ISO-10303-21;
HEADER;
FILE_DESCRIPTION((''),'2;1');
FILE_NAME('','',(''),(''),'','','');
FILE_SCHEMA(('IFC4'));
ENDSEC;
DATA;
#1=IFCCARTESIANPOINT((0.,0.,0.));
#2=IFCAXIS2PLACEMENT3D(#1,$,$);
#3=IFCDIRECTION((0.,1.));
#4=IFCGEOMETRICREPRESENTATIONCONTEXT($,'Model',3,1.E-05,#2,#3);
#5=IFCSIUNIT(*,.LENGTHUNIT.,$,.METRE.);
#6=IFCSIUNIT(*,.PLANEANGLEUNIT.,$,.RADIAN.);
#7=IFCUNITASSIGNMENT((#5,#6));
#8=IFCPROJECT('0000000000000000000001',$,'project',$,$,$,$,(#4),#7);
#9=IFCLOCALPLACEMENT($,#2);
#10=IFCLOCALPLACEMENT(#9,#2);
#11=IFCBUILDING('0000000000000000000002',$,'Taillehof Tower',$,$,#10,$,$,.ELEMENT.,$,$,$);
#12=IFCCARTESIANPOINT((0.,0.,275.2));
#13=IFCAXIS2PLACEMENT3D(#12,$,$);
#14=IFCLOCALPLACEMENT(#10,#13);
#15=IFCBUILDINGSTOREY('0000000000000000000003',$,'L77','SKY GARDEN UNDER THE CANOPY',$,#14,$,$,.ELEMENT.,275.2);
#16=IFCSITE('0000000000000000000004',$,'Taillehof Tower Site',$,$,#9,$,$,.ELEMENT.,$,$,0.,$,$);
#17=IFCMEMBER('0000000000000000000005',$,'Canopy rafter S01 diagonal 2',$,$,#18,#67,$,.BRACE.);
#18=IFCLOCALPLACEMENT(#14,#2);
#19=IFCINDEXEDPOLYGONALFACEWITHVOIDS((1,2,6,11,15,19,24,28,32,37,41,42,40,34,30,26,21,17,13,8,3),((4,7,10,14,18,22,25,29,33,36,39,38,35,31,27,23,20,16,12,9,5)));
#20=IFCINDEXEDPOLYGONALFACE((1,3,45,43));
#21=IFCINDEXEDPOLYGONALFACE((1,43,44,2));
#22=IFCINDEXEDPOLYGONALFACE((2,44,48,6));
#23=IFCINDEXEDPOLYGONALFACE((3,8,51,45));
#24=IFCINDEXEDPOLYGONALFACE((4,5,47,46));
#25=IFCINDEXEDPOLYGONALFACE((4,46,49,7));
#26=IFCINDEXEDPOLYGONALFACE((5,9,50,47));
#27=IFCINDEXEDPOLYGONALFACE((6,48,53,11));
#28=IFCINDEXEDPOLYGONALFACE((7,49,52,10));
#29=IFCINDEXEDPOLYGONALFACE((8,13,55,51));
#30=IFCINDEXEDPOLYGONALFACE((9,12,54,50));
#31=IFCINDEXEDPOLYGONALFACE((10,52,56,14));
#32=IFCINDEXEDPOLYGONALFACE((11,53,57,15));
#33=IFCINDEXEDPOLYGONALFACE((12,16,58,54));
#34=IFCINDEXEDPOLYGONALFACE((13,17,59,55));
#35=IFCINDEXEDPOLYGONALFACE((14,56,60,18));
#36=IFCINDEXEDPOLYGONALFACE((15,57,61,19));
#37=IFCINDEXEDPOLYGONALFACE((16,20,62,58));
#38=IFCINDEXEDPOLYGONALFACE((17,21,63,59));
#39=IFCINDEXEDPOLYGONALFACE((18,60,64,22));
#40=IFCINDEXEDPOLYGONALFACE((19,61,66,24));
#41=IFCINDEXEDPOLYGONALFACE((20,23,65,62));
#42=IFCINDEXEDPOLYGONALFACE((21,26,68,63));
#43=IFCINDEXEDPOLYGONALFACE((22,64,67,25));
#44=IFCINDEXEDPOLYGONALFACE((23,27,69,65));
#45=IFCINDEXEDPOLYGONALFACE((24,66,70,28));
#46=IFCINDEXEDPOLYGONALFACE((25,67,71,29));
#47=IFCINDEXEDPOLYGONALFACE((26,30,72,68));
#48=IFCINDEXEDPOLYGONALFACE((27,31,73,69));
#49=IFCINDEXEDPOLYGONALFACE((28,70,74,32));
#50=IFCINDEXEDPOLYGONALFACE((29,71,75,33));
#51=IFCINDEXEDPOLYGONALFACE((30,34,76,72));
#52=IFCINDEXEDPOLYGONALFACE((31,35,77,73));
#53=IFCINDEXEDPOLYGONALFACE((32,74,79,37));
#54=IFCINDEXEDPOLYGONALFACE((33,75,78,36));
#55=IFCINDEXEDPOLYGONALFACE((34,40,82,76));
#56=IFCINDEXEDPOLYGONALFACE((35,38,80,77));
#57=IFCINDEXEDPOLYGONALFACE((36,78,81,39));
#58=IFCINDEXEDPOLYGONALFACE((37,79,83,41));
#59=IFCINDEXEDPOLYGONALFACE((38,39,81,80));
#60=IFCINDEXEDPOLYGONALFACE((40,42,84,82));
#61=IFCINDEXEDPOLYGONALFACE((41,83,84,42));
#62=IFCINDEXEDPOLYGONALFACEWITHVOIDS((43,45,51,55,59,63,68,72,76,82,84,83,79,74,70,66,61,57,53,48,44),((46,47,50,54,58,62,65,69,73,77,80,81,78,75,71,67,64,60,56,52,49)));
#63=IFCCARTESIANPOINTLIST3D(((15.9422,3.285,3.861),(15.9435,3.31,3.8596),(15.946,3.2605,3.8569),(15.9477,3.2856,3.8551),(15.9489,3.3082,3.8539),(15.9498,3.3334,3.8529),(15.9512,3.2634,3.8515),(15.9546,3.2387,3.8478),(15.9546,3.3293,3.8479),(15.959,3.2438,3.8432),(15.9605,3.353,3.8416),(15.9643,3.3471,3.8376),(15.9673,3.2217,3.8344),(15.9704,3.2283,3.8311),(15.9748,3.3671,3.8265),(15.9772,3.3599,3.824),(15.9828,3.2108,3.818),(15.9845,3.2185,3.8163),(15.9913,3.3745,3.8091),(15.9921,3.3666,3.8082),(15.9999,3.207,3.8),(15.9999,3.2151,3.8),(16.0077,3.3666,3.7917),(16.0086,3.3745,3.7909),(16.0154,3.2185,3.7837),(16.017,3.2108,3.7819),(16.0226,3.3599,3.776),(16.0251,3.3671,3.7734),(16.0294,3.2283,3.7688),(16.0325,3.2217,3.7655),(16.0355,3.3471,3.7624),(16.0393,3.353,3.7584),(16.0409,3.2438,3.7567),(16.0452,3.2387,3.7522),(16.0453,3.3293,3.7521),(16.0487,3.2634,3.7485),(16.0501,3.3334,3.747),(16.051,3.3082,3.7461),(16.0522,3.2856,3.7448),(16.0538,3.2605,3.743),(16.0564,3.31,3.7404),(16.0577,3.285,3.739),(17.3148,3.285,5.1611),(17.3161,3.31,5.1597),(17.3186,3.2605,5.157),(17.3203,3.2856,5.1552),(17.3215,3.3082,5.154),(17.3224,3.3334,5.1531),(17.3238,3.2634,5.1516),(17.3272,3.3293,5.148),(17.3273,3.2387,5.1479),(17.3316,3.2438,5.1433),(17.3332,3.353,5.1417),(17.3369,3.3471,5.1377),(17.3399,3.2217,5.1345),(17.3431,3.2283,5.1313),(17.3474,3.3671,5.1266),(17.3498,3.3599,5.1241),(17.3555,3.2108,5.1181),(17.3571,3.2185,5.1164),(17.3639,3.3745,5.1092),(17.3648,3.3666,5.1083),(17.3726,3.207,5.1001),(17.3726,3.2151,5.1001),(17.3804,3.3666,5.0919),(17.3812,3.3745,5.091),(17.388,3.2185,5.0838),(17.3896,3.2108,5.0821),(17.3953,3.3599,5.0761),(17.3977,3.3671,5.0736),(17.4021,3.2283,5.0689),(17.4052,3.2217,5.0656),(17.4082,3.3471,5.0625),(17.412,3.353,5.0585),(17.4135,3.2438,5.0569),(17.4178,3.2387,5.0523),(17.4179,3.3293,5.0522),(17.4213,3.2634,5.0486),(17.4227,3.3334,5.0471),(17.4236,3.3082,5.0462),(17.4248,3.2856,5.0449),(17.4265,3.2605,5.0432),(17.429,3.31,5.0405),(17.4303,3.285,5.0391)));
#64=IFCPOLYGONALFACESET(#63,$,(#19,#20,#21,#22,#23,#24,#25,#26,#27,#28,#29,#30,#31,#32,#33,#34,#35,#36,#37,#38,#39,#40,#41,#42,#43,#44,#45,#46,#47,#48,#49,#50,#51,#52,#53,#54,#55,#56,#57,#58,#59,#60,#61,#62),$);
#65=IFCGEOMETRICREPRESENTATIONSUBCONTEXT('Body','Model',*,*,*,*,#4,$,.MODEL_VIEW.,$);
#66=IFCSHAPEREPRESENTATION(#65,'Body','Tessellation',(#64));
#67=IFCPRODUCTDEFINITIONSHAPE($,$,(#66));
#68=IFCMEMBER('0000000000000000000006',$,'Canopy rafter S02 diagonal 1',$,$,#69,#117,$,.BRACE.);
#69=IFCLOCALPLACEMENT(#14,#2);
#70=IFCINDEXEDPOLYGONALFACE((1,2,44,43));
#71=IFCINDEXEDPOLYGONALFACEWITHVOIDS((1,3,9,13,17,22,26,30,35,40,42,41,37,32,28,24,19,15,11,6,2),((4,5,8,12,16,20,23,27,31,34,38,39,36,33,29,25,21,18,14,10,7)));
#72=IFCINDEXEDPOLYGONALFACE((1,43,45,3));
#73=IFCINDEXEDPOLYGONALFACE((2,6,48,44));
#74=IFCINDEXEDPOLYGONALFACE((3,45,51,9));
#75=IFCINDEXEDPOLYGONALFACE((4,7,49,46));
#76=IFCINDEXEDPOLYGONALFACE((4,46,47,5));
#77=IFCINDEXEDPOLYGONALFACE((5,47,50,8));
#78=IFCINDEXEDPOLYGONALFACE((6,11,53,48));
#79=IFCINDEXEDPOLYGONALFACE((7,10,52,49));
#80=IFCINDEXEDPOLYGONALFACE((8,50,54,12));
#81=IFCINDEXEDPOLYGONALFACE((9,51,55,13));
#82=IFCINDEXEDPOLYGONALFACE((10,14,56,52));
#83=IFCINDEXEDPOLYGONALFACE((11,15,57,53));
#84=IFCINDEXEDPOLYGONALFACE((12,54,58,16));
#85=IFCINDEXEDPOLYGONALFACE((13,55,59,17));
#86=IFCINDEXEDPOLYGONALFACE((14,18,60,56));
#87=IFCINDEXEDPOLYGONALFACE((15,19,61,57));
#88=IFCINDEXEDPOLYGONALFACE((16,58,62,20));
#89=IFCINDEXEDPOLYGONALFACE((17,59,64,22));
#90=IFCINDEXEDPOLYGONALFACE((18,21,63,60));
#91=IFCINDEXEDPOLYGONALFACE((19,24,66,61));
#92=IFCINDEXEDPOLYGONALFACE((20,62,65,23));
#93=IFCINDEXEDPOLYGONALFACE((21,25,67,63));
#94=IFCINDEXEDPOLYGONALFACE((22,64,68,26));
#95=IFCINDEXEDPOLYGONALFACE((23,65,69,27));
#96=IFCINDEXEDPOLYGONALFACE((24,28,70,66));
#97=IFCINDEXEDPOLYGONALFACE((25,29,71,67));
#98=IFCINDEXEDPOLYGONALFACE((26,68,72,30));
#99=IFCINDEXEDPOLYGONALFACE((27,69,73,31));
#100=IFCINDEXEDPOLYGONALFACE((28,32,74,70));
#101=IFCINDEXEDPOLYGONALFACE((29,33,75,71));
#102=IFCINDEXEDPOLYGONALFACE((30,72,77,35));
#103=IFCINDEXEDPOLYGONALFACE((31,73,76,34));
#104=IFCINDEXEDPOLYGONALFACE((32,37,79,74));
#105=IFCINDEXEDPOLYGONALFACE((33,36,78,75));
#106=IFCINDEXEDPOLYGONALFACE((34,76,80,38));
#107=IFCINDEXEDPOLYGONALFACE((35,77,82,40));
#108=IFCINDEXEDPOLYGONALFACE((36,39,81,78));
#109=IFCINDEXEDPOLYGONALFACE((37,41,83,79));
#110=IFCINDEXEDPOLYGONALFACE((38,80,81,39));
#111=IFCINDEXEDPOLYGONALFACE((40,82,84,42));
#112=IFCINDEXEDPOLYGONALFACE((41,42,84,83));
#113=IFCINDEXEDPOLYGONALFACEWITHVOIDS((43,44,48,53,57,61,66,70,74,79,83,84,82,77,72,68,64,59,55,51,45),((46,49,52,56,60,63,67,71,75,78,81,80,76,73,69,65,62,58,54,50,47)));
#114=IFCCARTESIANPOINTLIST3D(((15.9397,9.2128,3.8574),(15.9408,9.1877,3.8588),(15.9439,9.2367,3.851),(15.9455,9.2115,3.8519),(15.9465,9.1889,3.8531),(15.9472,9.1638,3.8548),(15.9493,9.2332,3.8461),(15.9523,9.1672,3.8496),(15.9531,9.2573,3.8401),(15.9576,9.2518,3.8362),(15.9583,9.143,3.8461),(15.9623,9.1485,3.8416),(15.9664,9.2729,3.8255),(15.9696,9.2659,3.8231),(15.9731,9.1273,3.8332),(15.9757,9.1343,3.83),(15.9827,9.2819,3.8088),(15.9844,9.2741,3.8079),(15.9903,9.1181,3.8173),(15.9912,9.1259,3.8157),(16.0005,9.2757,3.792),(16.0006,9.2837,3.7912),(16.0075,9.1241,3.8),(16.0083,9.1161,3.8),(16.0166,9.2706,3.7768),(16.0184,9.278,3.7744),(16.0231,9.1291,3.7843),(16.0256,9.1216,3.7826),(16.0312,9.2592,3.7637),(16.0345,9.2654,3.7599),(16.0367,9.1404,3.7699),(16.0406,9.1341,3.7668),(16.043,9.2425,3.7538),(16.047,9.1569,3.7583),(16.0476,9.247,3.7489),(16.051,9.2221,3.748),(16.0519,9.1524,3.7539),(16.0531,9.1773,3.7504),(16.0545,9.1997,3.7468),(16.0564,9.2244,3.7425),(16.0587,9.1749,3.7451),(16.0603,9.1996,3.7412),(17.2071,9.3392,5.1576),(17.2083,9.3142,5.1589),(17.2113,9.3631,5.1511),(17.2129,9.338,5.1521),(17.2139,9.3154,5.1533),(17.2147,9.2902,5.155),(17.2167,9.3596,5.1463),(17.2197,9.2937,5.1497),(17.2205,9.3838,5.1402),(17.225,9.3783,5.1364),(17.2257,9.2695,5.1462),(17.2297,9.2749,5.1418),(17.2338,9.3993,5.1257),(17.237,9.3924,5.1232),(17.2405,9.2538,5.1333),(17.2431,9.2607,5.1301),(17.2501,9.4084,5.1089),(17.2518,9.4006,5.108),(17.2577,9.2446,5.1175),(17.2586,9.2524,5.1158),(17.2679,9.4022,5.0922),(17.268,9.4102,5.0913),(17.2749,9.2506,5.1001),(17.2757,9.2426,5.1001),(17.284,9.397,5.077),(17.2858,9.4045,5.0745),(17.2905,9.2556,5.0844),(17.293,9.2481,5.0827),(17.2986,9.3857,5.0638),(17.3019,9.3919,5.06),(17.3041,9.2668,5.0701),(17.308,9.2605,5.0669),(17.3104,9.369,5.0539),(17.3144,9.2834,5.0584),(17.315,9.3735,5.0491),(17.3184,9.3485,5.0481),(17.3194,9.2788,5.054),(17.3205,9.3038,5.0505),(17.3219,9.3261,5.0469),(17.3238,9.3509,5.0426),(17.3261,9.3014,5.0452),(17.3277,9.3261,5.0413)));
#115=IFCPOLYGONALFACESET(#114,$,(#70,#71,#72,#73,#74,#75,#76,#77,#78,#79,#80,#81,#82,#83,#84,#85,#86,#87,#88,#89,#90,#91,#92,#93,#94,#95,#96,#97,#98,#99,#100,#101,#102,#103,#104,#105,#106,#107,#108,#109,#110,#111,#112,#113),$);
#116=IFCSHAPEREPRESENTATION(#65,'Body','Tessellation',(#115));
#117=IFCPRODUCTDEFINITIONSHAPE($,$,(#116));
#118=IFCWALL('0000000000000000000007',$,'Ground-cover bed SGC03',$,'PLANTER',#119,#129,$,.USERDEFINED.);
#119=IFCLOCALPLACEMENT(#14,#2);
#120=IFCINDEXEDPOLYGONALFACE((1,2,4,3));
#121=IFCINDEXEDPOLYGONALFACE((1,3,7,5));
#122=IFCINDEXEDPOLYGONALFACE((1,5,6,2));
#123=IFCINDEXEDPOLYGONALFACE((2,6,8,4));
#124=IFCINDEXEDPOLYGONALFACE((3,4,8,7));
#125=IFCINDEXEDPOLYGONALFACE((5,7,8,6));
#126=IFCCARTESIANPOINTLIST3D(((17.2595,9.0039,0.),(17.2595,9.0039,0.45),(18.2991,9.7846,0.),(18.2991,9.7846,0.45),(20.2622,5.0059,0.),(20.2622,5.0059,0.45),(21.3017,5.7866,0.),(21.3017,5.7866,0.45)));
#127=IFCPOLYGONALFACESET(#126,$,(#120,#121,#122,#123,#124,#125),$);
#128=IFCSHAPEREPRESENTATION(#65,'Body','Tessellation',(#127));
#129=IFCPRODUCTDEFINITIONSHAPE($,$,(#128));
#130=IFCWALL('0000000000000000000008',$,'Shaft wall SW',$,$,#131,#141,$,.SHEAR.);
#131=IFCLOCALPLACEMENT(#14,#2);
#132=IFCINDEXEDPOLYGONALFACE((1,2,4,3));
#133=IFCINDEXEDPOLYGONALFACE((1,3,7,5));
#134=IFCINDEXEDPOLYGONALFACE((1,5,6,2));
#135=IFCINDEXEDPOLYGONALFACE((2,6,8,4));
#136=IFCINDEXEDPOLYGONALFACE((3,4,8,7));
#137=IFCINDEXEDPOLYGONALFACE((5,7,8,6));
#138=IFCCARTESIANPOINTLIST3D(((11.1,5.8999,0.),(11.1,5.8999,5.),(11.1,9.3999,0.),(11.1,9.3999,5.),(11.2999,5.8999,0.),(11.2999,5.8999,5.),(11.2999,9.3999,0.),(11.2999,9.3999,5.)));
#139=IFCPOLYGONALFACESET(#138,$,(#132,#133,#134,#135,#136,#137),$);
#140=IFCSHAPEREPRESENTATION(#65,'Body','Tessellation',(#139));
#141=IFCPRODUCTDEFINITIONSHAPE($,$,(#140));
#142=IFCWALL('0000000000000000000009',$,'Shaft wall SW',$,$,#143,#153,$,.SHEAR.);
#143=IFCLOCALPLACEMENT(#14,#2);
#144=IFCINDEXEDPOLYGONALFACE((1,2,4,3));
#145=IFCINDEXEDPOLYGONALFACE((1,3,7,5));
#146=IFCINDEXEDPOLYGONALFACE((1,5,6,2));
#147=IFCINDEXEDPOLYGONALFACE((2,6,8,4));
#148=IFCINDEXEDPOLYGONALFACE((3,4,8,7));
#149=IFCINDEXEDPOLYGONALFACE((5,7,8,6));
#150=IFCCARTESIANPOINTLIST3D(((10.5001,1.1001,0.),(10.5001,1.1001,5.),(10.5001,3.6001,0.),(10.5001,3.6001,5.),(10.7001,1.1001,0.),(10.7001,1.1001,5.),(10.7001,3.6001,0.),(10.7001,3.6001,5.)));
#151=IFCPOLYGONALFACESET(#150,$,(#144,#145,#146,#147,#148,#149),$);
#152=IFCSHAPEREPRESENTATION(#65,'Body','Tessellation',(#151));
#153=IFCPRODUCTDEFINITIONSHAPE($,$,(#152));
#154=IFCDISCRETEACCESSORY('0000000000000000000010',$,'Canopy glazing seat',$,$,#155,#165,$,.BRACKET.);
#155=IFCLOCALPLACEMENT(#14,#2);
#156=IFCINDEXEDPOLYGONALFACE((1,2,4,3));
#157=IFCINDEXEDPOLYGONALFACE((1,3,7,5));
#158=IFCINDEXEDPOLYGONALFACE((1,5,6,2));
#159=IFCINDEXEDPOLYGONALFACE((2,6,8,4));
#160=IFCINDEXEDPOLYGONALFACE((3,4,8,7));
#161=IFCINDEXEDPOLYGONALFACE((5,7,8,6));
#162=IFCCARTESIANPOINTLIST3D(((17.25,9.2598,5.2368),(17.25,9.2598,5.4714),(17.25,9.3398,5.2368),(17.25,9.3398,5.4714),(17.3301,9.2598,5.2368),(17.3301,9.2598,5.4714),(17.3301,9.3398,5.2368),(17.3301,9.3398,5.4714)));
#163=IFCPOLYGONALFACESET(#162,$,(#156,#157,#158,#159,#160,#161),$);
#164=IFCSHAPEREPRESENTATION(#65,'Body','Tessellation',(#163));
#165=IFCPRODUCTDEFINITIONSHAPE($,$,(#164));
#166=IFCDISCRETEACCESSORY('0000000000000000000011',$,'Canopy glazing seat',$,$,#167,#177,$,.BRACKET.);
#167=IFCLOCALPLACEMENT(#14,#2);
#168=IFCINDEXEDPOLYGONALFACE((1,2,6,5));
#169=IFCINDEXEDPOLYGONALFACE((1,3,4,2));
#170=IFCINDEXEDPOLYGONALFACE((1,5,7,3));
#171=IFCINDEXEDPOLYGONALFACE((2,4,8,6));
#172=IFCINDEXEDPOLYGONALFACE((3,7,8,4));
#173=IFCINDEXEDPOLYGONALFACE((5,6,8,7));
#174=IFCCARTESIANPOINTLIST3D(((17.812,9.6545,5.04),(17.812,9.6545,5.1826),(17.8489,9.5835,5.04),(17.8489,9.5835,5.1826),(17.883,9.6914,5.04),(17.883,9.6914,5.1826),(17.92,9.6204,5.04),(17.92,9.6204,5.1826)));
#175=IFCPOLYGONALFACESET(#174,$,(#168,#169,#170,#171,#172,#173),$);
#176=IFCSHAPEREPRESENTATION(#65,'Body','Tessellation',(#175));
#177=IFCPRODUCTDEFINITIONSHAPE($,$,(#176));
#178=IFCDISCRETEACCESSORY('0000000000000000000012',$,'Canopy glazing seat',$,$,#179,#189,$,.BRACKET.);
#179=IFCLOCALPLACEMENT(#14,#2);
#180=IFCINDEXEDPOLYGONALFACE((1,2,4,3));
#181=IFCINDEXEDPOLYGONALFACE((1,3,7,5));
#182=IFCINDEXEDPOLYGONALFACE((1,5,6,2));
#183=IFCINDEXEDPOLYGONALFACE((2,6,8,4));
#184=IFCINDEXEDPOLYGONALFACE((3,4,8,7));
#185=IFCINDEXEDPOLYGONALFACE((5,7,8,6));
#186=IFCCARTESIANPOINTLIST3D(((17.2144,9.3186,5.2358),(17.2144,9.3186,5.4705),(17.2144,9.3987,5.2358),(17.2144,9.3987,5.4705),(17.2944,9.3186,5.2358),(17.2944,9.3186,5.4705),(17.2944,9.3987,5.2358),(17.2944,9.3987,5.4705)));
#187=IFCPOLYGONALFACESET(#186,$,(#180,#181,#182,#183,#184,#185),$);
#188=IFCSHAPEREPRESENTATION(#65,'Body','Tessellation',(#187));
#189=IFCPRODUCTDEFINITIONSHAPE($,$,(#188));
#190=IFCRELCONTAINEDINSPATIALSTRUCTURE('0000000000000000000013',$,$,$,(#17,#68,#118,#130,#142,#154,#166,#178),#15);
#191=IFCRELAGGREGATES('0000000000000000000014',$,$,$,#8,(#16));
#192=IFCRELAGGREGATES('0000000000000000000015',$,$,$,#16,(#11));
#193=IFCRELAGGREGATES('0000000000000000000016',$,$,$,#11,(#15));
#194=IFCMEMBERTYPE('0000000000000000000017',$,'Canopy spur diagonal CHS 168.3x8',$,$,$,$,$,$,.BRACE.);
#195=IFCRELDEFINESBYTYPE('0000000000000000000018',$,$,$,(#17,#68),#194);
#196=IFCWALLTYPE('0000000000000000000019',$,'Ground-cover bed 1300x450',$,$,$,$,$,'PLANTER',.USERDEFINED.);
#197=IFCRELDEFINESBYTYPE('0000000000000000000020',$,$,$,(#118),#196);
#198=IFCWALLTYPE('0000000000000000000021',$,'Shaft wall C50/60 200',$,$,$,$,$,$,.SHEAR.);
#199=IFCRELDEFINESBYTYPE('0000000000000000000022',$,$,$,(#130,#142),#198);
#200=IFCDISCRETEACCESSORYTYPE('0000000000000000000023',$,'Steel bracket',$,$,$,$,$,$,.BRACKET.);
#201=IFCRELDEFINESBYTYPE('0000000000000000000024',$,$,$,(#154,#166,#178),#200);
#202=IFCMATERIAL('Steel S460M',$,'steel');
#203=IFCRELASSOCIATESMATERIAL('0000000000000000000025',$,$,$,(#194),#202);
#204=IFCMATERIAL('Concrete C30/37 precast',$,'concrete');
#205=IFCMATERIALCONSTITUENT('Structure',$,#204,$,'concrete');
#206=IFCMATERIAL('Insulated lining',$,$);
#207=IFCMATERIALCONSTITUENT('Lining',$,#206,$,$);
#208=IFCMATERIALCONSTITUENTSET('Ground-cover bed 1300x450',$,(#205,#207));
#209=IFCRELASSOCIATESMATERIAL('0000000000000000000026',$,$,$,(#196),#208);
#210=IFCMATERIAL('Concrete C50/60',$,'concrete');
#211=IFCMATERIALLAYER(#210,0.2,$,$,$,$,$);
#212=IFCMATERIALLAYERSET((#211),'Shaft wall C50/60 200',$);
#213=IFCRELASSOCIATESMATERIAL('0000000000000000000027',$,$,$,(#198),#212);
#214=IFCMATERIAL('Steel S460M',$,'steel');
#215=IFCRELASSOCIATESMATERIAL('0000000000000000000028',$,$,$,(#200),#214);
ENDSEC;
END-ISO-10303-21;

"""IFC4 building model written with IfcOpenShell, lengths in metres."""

from ifc_helpers import new_model, si_unit, direction, frame, frame_2d, origin, origin_2d, place, context, subcontext, project, spatial, rectangle, hollow_circle, extrude, material, layer, layer_set, constituent, constituent_set, material_profile, profile_set, type_object, element, save


model = new_model("IFC4")

# Units and contexts
model_context = context("Model", 3, precision=1e-05, world=origin(), true_north=direction((0.0, 1.0)))
body_context = subcontext(model_context, "Body", "Model", "MODEL_VIEW")
ifc_project = project(units=[si_unit("LENGTHUNIT", "METRE"), si_unit("PLANEANGLEUNIT", "RADIAN")], contexts=[model_context])

# Site, building, storey
site_placement = place(None, origin())
site = spatial("IfcSite", under=ifc_project, at=site_placement, Name="Taillehof Tower Site", CompositionType="ELEMENT", RefElevation=0.0)
building_placement = place(site_placement, origin())
building = spatial("IfcBuilding", under=site, at=building_placement, Name="Taillehof Tower", CompositionType="ELEMENT")
storey_placement = place(building_placement, frame((0.0, 0.0, 275.2)))
storey = spatial("IfcBuildingStorey", under=building, at=storey_placement, Name="L77", Description="SKY GARDEN UNDER THE CANOPY", CompositionType="ELEMENT", Elevation=275.2)

# Members
ifc_material_1 = material(Name="Steel S460M", Category="steel")
ifc_material_profile_1 = material_profile(ifc_material_1, hollow_circle(Radius=0.0842, WallThickness=0.0081, at=origin_2d()), Name="CHS 168.3x8")
ifc_profile_set_1 = profile_set([ifc_material_profile_1], Name="Steel S460M")
member_type_1 = type_object("IfcMemberType", Name="Canopy spur diagonal CHS 168.3x8", PredefinedType="BRACE", material=ifc_profile_set_1)
for number, where, z_axis, x_axis, name in (
    (1, (17.3726, 3.2913, 5.1001), (-0.726024, 0.0, -0.687669), (0.0, -1.0, 0.0), "Canopy rafter S01 diagonal 2"),
):
    element("IfcMember", number, at=place(storey_placement, frame(where, z_axis=z_axis, x_axis=x_axis)), inside=storey, type_object=member_type_1, Name=name, PredefinedType="BRACE", context=body_context, shape_type="SweptSolid", body=[
        extrude(hollow_circle(Radius=0.0842, WallThickness=0.0081, at=origin_2d()), origin(), (0.0, 0.0, 1.0), 1.8906),
    ])
member_1_placement = place(storey_placement, frame((17.2673, 9.3264, 5.1001), z_axis=(-0.696353, -0.069488, -0.714328), x_axis=(0.099295, -0.995058, 0.0)))
element("IfcMember", 2, at=member_1_placement, inside=storey, type_object=member_type_1, Name="Canopy rafter S02 diagonal 1", PredefinedType="BRACE", context=body_context, shape_type="SweptSolid", body=[
    extrude(hollow_circle(Radius=0.0842, WallThickness=0.0081, at=origin_2d()), origin(), (0.0, 0.0, 1.0), 1.8201),
])

# Walls
ifc_material_2 = material(Name="Concrete C30/37 precast", Category="concrete")
ifc_constituent_1 = constituent(ifc_material_2, Name="Structure", Category="concrete")
ifc_material_3 = material(Name="Insulated lining")
ifc_constituent_2 = constituent(ifc_material_3, Name="Lining")
ifc_constituent_set = constituent_set(constituents=[ifc_constituent_1, ifc_constituent_2], Name="Ground-cover bed 1300x450")
wall_type_1 = type_object("IfcWallType", Name="Ground-cover bed 1300x450", ElementType="PLANTER", PredefinedType="USERDEFINED", material=ifc_constituent_set)
wall_1_placement = place(storey_placement, frame((17.7793, 9.3943, 0.0), z_axis=(0.0, 0.0, 1.0), x_axis=(0.600531, -0.799601, 0.0)))
element("IfcWall", 3, at=wall_1_placement, inside=storey, type_object=wall_type_1, Name="Ground-cover bed SGC03", ObjectType="PLANTER", PredefinedType="USERDEFINED", context=body_context, shape_type="SweptSolid", body=[
    extrude(rectangle(XDim=5.0, YDim=1.3, at=frame_2d((2.5, 0.0))), origin(), (0.0, 0.0, 1.0), 0.45),
])
ifc_material_4 = material(Name="Concrete C50/60", Category="concrete")
ifc_layer = layer(ifc_material_4, 0.2)
ifc_layer_set = layer_set([ifc_layer], Name="Shaft wall C50/60 200")
wall_type_2 = type_object("IfcWallType", Name="Shaft wall C50/60 200", PredefinedType="SHEAR", material=ifc_layer_set)
wall_2_placement = place(storey_placement, frame((11.2, 5.8999, 0.0), z_axis=(0.0, 0.0, 1.0), x_axis=(0.0, 1.0, 0.0)))
element("IfcWall", 4, at=wall_2_placement, inside=storey, type_object=wall_type_2, Name="Shaft wall SW", PredefinedType="SHEAR", context=body_context, shape_type="SweptSolid", body=[
    extrude(rectangle(XDim=3.5, YDim=0.2, at=frame_2d((1.75, 0.0))), origin(), (0.0, 0.0, 1.0), 5.0),
])
wall_3_placement = place(storey_placement, frame((10.6001, 1.1001, 0.0), z_axis=(0.0, 0.0, 1.0), x_axis=(0.0, 1.0, 0.0)))
element("IfcWall", 5, at=wall_3_placement, inside=storey, type_object=wall_type_2, Name="Shaft wall SW", PredefinedType="SHEAR", context=body_context, shape_type="SweptSolid", body=[
    extrude(rectangle(XDim=2.5, YDim=0.2, at=frame_2d((1.25, 0.0))), origin(), (0.0, 0.0, 1.0), 5.0),
])

# Discrete accessories
ifc_material_5 = material(Name="Steel S460M", Category="steel")
discrete_accessory_type_1 = type_object("IfcDiscreteAccessoryType", Name="Steel bracket", PredefinedType="BRACKET", material=ifc_material_5)
discrete_accessory_1_placement = place(storey_placement, frame((17.29, 9.2998, 5.2368), z_axis=(0.0, 0.0, 1.0), x_axis=(1.0, 0.0, 0.0)))
element("IfcDiscreteAccessory", 6, at=discrete_accessory_1_placement, inside=storey, type_object=discrete_accessory_type_1, Name="Canopy glazing seat", PredefinedType="BRACKET", context=body_context, shape_type="SweptSolid", body=[
    extrude(rectangle(XDim=0.0801, YDim=0.0801, at=origin_2d()), origin(), (0.0, 0.0, 1.0), 0.2346),
])
discrete_accessory_2_placement = place(storey_placement, frame((17.866, 9.6375, 5.04), z_axis=(0.0, 0.0, 1.0), x_axis=(-0.887205, -0.461375, 0.0)))
element("IfcDiscreteAccessory", 7, at=discrete_accessory_2_placement, inside=storey, type_object=discrete_accessory_type_1, Name="Canopy glazing seat", PredefinedType="BRACKET", context=body_context, shape_type="SweptSolid", body=[
    extrude(rectangle(XDim=0.0801, YDim=0.0801, at=origin_2d()), origin(), (0.0, 0.0, 1.0), 0.1426),
])
discrete_accessory_3_placement = place(storey_placement, frame((17.2544, 9.3586, 5.2358), z_axis=(0.0, 0.0, 1.0), x_axis=(1.0, 0.0, 0.0)))
element("IfcDiscreteAccessory", 8, at=discrete_accessory_3_placement, inside=storey, type_object=discrete_accessory_type_1, Name="Canopy glazing seat", PredefinedType="BRACKET", context=body_context, shape_type="SweptSolid", body=[
    extrude(rectangle(XDim=0.0801, YDim=0.0801, at=origin_2d()), origin(), (0.0, 0.0, 1.0), 0.2346),
])

save(model, "model.ifc")
